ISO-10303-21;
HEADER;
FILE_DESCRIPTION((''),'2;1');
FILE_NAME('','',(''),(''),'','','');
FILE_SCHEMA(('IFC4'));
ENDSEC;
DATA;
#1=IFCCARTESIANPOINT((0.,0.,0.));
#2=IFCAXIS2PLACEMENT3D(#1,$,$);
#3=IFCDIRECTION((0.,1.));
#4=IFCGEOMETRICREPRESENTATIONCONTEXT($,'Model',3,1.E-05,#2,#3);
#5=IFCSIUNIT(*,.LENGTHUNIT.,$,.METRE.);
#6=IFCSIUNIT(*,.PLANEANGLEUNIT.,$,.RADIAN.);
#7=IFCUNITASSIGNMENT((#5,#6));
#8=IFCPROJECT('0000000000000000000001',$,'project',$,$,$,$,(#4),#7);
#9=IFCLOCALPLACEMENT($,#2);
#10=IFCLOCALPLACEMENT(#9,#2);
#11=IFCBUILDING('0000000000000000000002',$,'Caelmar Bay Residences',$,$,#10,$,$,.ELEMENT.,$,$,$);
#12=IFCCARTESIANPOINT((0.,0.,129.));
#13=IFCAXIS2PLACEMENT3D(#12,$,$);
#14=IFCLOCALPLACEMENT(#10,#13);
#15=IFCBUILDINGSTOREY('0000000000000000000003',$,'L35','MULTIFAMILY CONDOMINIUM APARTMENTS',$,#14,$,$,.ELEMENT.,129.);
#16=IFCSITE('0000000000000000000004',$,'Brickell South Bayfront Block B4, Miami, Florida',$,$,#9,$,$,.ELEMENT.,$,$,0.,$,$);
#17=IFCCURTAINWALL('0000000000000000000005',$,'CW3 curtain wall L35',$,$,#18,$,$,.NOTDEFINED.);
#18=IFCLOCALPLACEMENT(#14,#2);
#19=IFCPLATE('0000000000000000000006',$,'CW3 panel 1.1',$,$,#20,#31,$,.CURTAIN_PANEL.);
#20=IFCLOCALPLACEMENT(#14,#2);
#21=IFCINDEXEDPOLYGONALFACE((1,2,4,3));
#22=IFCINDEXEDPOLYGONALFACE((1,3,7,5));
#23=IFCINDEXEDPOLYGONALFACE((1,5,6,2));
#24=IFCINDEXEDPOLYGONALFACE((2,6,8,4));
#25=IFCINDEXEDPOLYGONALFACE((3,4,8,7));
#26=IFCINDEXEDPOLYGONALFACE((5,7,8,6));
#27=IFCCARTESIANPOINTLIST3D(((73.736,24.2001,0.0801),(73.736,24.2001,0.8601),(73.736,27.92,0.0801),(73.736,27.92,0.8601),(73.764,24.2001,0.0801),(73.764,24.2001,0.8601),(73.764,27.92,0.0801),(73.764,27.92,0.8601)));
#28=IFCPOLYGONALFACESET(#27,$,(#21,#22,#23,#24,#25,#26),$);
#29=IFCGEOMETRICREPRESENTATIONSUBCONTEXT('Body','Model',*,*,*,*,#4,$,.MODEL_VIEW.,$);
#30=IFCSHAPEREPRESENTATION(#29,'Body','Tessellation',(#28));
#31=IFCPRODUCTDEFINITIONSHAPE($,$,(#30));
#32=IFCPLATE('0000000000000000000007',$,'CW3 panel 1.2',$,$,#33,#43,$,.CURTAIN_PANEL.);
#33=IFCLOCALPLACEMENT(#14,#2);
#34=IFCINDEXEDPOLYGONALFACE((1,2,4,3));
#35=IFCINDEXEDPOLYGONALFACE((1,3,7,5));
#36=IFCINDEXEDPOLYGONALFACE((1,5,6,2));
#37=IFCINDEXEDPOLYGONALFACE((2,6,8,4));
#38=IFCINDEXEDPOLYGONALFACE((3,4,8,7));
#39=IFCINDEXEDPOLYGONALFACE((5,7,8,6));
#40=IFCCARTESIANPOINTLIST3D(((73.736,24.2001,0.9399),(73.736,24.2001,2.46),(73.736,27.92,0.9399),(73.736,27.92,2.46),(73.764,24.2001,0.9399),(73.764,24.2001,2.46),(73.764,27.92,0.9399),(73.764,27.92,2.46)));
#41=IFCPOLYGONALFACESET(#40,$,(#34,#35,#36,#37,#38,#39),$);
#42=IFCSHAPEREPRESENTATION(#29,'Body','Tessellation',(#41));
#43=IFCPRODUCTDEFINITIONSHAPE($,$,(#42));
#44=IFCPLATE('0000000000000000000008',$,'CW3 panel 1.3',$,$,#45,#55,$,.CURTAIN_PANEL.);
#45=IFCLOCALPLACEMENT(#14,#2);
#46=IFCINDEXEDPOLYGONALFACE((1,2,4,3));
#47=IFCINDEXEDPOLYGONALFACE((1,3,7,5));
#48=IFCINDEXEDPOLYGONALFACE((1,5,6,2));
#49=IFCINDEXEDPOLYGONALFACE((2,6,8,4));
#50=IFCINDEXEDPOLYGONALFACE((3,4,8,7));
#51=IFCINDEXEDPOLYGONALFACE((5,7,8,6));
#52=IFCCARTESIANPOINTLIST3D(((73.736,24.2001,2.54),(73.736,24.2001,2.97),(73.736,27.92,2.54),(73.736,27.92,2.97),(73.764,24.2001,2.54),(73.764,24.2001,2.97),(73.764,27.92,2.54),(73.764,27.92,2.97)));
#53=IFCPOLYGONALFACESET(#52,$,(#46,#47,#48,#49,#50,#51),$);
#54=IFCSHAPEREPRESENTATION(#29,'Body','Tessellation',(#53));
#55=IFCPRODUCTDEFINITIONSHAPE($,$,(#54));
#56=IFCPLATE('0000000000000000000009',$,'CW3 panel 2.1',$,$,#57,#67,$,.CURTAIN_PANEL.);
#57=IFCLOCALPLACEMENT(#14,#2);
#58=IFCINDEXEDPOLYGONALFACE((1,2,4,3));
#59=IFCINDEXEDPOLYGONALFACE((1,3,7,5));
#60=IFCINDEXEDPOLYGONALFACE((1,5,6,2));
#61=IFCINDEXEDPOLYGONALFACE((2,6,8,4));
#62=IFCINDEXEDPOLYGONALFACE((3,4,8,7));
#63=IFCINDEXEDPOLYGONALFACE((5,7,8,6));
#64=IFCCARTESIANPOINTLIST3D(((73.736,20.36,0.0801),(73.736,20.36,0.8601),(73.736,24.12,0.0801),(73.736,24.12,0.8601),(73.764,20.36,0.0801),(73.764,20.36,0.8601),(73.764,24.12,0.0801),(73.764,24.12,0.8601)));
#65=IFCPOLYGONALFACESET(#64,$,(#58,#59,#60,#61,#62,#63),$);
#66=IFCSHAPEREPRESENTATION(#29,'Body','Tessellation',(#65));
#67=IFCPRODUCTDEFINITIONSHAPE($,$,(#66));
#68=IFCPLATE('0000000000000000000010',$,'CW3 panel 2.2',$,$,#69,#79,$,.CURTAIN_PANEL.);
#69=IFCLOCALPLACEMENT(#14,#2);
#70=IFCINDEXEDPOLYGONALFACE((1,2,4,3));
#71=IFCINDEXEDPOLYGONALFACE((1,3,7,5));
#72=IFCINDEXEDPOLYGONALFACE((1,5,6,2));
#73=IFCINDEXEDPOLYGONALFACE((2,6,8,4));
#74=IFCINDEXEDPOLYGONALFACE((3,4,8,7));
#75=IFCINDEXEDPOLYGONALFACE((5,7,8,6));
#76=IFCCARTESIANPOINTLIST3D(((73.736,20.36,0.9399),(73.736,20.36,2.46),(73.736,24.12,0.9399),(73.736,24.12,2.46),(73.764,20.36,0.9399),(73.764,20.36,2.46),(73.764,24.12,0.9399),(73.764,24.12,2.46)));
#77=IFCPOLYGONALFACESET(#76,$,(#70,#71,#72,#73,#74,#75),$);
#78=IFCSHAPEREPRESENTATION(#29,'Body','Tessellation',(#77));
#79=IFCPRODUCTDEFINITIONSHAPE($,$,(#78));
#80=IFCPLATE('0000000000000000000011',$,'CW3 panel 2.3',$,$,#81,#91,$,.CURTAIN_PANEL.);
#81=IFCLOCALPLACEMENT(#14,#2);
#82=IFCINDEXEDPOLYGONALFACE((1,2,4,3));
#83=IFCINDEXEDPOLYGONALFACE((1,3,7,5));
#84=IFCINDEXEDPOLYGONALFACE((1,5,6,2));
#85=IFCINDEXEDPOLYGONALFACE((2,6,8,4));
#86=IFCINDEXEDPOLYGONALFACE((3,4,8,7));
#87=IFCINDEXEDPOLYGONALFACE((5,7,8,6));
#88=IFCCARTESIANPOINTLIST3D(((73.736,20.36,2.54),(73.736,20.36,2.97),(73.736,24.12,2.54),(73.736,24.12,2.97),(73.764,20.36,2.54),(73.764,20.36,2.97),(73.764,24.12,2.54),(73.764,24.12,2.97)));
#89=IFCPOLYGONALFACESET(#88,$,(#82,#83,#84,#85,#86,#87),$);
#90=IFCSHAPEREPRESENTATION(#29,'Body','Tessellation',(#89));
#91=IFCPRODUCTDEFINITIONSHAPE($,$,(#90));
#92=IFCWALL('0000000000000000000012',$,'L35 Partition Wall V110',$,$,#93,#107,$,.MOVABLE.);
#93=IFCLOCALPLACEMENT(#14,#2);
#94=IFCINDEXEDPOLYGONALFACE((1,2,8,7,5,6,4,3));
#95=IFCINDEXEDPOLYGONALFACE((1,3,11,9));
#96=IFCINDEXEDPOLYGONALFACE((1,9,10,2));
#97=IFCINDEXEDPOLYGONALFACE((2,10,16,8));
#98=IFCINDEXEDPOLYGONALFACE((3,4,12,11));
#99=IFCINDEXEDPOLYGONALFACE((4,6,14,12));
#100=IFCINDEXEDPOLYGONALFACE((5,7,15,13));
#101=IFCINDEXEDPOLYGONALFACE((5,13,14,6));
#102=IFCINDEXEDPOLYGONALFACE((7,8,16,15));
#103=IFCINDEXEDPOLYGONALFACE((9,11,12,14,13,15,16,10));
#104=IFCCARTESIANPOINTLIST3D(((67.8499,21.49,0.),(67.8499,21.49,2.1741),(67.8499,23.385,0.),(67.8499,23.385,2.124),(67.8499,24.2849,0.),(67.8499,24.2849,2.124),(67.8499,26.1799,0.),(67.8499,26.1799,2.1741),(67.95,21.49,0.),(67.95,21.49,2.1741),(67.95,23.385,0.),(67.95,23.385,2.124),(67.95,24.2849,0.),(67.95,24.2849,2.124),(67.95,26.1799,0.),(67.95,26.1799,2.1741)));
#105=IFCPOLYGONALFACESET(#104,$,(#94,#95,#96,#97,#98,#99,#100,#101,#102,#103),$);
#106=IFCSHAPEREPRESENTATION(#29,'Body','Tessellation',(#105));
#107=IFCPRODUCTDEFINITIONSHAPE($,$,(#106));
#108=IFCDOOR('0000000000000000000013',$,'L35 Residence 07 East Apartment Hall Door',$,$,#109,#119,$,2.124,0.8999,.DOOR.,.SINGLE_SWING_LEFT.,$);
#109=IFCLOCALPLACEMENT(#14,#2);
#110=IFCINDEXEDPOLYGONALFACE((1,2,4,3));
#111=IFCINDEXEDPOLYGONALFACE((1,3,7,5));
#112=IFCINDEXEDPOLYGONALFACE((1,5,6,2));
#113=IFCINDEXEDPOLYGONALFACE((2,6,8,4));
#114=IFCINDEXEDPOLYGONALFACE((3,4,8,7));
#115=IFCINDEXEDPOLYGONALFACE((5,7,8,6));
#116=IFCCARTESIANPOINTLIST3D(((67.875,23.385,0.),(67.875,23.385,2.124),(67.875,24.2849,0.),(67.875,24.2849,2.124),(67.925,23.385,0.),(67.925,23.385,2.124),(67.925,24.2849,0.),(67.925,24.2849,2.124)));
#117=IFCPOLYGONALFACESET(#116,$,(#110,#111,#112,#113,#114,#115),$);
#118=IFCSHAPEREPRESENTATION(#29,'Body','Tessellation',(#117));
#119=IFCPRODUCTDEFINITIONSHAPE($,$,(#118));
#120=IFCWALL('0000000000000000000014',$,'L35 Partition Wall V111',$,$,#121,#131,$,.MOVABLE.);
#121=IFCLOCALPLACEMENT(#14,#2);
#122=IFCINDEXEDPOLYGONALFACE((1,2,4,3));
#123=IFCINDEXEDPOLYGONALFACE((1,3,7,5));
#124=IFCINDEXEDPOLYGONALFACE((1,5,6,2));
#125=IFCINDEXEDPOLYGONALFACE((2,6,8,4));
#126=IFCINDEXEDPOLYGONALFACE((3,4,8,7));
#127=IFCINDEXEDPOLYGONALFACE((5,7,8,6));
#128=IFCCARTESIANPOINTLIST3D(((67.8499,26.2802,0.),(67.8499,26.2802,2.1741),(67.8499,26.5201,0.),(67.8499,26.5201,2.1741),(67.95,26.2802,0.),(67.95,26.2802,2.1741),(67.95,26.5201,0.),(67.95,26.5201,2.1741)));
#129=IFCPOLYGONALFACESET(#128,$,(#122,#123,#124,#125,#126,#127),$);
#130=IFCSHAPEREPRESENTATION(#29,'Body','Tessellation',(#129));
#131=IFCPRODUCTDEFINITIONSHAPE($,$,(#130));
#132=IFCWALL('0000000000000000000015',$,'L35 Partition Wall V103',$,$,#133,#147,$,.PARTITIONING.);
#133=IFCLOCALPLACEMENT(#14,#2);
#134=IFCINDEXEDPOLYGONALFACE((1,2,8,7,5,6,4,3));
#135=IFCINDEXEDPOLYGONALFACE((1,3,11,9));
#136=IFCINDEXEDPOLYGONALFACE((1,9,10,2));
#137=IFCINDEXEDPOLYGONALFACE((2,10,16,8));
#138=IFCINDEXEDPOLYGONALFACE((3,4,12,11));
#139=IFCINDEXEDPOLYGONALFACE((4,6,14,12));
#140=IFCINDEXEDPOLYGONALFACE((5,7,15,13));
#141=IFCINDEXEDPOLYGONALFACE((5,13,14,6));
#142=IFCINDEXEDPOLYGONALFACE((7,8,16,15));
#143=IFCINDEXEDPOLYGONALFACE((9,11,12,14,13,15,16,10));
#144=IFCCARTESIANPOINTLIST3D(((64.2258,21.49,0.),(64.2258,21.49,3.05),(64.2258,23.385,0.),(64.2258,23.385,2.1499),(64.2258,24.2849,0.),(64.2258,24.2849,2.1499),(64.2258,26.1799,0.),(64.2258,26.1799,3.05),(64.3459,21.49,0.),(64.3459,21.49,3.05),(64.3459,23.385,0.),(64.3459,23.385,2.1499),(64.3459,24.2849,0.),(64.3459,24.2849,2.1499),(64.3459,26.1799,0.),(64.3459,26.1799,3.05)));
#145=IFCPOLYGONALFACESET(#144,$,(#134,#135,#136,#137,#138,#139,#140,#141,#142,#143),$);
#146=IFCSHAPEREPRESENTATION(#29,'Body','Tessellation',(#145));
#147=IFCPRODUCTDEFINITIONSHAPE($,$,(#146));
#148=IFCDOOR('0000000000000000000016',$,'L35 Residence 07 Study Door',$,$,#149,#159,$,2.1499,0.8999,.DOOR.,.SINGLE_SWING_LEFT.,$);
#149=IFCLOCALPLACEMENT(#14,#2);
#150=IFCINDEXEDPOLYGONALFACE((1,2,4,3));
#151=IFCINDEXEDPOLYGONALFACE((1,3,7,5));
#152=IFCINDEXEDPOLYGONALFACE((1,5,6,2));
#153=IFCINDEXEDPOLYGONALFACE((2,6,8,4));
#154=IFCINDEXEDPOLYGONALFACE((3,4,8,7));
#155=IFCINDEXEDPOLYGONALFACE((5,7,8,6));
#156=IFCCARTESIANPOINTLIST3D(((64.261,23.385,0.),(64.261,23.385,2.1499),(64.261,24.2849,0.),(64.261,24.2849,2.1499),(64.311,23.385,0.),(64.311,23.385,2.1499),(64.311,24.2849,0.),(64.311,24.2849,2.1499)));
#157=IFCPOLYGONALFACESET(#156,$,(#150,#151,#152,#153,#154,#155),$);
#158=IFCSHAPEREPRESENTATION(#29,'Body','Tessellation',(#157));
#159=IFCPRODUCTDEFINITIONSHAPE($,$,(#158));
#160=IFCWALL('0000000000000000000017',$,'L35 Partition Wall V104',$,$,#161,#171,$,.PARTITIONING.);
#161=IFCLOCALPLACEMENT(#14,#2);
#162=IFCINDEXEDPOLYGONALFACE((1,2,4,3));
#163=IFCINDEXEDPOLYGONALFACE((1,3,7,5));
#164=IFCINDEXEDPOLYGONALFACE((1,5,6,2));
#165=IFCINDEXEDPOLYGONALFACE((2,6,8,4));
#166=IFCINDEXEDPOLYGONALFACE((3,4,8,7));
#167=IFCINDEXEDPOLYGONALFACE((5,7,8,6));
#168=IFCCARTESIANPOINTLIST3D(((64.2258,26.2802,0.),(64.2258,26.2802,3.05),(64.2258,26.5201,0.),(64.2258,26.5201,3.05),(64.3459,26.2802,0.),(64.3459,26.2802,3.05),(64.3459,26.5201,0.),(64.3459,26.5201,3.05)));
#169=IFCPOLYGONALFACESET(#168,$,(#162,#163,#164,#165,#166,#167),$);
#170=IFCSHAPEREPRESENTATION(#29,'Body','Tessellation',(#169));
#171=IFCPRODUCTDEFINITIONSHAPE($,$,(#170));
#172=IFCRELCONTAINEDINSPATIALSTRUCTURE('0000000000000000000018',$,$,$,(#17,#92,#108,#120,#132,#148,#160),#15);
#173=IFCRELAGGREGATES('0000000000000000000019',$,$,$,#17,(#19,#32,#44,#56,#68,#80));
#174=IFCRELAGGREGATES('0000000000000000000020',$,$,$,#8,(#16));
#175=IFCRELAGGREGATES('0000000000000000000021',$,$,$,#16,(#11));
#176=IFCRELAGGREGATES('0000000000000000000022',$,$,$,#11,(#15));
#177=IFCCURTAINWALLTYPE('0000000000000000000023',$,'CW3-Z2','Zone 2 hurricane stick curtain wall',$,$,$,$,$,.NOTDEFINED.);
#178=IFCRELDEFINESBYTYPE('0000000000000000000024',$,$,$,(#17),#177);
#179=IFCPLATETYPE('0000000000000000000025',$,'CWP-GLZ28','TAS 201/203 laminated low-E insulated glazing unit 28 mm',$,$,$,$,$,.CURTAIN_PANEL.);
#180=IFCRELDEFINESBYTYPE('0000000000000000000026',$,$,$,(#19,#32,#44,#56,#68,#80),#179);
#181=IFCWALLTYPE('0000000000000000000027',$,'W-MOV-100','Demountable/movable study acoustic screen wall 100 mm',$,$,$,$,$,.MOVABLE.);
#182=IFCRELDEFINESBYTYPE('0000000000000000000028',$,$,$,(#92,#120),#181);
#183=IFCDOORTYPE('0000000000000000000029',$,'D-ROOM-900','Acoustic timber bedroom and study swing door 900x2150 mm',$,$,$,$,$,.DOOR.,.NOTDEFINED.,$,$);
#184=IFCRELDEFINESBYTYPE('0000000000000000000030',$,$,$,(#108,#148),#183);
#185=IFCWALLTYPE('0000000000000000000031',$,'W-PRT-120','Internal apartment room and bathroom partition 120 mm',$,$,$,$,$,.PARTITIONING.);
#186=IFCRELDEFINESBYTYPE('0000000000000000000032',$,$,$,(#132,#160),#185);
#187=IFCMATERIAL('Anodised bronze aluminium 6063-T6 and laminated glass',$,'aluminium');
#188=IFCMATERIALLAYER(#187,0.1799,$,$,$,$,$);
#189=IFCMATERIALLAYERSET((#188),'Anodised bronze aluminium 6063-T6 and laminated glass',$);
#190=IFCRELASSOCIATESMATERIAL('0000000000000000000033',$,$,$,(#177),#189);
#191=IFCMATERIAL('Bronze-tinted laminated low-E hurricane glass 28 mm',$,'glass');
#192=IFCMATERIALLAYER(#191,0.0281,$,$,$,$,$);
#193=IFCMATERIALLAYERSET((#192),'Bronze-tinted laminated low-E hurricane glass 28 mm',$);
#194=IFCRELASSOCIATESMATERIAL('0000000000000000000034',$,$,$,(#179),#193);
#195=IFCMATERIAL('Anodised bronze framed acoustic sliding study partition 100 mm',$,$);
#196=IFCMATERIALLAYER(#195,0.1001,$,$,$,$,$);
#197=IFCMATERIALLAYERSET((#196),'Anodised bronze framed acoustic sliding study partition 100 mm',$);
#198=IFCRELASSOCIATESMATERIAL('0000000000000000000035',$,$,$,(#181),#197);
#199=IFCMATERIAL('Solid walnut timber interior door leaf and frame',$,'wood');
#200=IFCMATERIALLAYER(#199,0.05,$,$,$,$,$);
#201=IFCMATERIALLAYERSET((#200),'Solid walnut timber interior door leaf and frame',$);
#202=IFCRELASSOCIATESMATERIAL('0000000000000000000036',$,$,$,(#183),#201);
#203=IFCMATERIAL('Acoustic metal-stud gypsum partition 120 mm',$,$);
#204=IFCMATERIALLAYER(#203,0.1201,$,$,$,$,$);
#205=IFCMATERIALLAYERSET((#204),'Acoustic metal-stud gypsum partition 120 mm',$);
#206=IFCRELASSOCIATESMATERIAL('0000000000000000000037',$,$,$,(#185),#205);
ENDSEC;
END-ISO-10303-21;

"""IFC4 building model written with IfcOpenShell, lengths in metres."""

from ifc_helpers import new_model, si_unit, direction, frame, frame_2d, origin, origin_2d, place, context, subcontext, project, spatial, rectangle, extrude, material, layer, layer_set, type_object, element, fill, aggregate, save


model = new_model("IFC4")

# Units and contexts
model_context = context("Model", 3, precision=1e-05, world=origin(), true_north=direction((0.0, 1.0)))
body_context = subcontext(model_context, "Body", "Model", "MODEL_VIEW")
ifc_project = project(units=[si_unit("LENGTHUNIT", "METRE"), si_unit("PLANEANGLEUNIT", "RADIAN")], contexts=[model_context])

# Site, building, storey
site_placement = place(None, origin())
site = spatial("IfcSite", under=ifc_project, at=site_placement, Name="Brickell South Bayfront Block B4, Miami, Florida", CompositionType="ELEMENT", RefElevation=0.0)
building_placement = place(site_placement, origin())
building = spatial("IfcBuilding", under=site, at=building_placement, Name="Caelmar Bay Residences", CompositionType="ELEMENT")
storey_placement = place(building_placement, frame((0.0, 0.0, 129.0)))
storey = spatial("IfcBuildingStorey", under=building, at=storey_placement, Name="L35", Description="MULTIFAMILY CONDOMINIUM APARTMENTS", CompositionType="ELEMENT", Elevation=129.0)

# Curtain wall, plates
ifc_material_1 = material(Name="Anodised bronze aluminium 6063-T6 and laminated glass", Category="aluminium")
ifc_layer_1 = layer(ifc_material_1, 0.1799)
ifc_layer_set_1 = layer_set([ifc_layer_1], Name="Anodised bronze aluminium 6063-T6 and laminated glass")
curtain_wall_type = type_object("IfcCurtainWallType", Name="CW3-Z2", Description="Zone 2 hurricane stick curtain wall", PredefinedType="NOTDEFINED", material=ifc_layer_set_1)
curtain_wall_placement = place(storey_placement, origin())
curtain_wall = element("IfcCurtainWall", 1, at=curtain_wall_placement, inside=storey, type_object=curtain_wall_type, Name="CW3 curtain wall L35", PredefinedType="NOTDEFINED")
ifc_material_2 = material(Name="Bronze-tinted laminated low-E hurricane glass 28 mm", Category="glass")
ifc_layer_2 = layer(ifc_material_2, 0.0281)
ifc_layer_set_2 = layer_set([ifc_layer_2], Name="Bronze-tinted laminated low-E hurricane glass 28 mm")
plate_type = type_object("IfcPlateType", Name="CWP-GLZ28", Description="TAS 201/203 laminated low-E insulated glazing unit 28 mm", PredefinedType="CURTAIN_PANEL", material=ifc_layer_set_2)
plate_1_placement = place(storey_placement, frame((73.75, 26.0601, 0.0801), z_axis=(0.0, 0.0, 1.0), x_axis=(0.0, -1.0, 0.0)))
plate_1 = element("IfcPlate", 2, at=plate_1_placement, type_object=plate_type, Name="CW3 panel 1.1", PredefinedType="CURTAIN_PANEL", context=body_context, shape_type="SweptSolid", body=[
    extrude(rectangle(XDim=3.72, YDim=0.0281, at=origin_2d()), origin(), (0.0, 0.0, 1.0), 0.78),
])
plate_2_placement = place(storey_placement, frame((73.75, 26.0601, 0.9399), z_axis=(0.0, 0.0, 1.0), x_axis=(0.0, -1.0, 0.0)))
plate_2 = element("IfcPlate", 3, at=plate_2_placement, type_object=plate_type, Name="CW3 panel 1.2", PredefinedType="CURTAIN_PANEL", context=body_context, shape_type="SweptSolid", body=[
    extrude(rectangle(XDim=3.72, YDim=0.0281, at=origin_2d()), origin(), (0.0, 0.0, 1.0), 1.52),
])
plate_3_placement = place(storey_placement, frame((73.75, 26.0601, 2.54), z_axis=(0.0, 0.0, 1.0), x_axis=(0.0, -1.0, 0.0)))
plate_3 = element("IfcPlate", 4, at=plate_3_placement, type_object=plate_type, Name="CW3 panel 1.3", PredefinedType="CURTAIN_PANEL", context=body_context, shape_type="SweptSolid", body=[
    extrude(rectangle(XDim=3.72, YDim=0.0281, at=origin_2d()), origin(), (0.0, 0.0, 1.0), 0.4299),
])
plate_4_placement = place(storey_placement, frame((73.75, 22.24, 0.0801), z_axis=(0.0, 0.0, 1.0), x_axis=(0.0, -1.0, 0.0)))
plate_4 = element("IfcPlate", 5, at=plate_4_placement, type_object=plate_type, Name="CW3 panel 2.1", PredefinedType="CURTAIN_PANEL", context=body_context, shape_type="SweptSolid", body=[
    extrude(rectangle(XDim=3.76, YDim=0.0281, at=origin_2d()), origin(), (0.0, 0.0, 1.0), 0.78),
])
plate_5_placement = place(storey_placement, frame((73.75, 22.24, 0.9399), z_axis=(0.0, 0.0, 1.0), x_axis=(0.0, -1.0, 0.0)))
plate_5 = element("IfcPlate", 6, at=plate_5_placement, type_object=plate_type, Name="CW3 panel 2.2", PredefinedType="CURTAIN_PANEL", context=body_context, shape_type="SweptSolid", body=[
    extrude(rectangle(XDim=3.76, YDim=0.0281, at=origin_2d()), origin(), (0.0, 0.0, 1.0), 1.52),
])
plate_6_placement = place(storey_placement, frame((73.75, 22.24, 2.54), z_axis=(0.0, 0.0, 1.0), x_axis=(0.0, -1.0, 0.0)))
plate_6 = element("IfcPlate", 7, at=plate_6_placement, type_object=plate_type, Name="CW3 panel 2.3", PredefinedType="CURTAIN_PANEL", context=body_context, shape_type="SweptSolid", body=[
    extrude(rectangle(XDim=3.76, YDim=0.0281, at=origin_2d()), origin(), (0.0, 0.0, 1.0), 0.4299),
])
aggregate(curtain_wall, [plate_1, plate_2, plate_3, plate_4, plate_5, plate_6])

# Wall, opening, door
ifc_material_3 = material(Name="Anodised bronze framed acoustic sliding study partition 100 mm")
ifc_layer_3 = layer(ifc_material_3, 0.1001)
ifc_layer_set_3 = layer_set([ifc_layer_3], Name="Anodised bronze framed acoustic sliding study partition 100 mm")
wall_type_1 = type_object("IfcWallType", Name="W-MOV-100", Description="Demountable/movable study acoustic screen wall 100 mm", PredefinedType="MOVABLE", material=ifc_layer_set_3)
wall_1_placement = place(storey_placement, frame((67.8999, 21.49, 0.0), z_axis=(0.0, 0.0, 1.0), x_axis=(0.0, 1.0, 0.0)))
wall_1 = element("IfcWall", 8, at=wall_1_placement, inside=storey, type_object=wall_type_1, Name="L35 Partition Wall V110", PredefinedType="MOVABLE", context=body_context, shape_type="SweptSolid", body=[
    extrude(rectangle(XDim=4.6899, YDim=0.1001, at=frame_2d((2.345, 0.0))), origin(), (0.0, 0.0, 1.0), 2.1741),
])
opening_1_placement = place(wall_1_placement, frame((1.895, 0.0, 0.0)))
opening_1 = element("IfcOpeningElement", 9, at=opening_1_placement, cuts=wall_1, PredefinedType="OPENING", context=body_context, shape_type="SweptSolid", body=[
    extrude(rectangle(XDim=0.8999, YDim=2.124, at=frame_2d((0.45, 1.062))), frame((0.0, 0.0601, 0.0), z_axis=(0.0, -1.0, 0.0), x_axis=(1.0, 0.0, 0.0)), (0.0, 0.0, 1.0), 0.1201),
])
ifc_material_4 = material(Name="Solid walnut timber interior door leaf and frame", Category="wood")
ifc_layer_4 = layer(ifc_material_4, 0.05)
ifc_layer_set_4 = layer_set([ifc_layer_4], Name="Solid walnut timber interior door leaf and frame")
door_type_1 = type_object("IfcDoorType", Name="D-ROOM-900", Description="Acoustic timber bedroom and study swing door 900x2150 mm", OperationType="NOTDEFINED", PredefinedType="DOOR", material=ifc_layer_set_4)
door_1_placement = place(opening_1_placement, origin())
door_1 = element("IfcDoor", 10, at=door_1_placement, inside=storey, type_object=door_type_1, Name="L35 Residence 07 East Apartment Hall Door", OperationType="SINGLE_SWING_LEFT", OverallHeight=2.124, OverallWidth=0.8999, PredefinedType="DOOR", context=body_context, shape_type="SweptSolid", body=[
    extrude(rectangle(XDim=0.8999, YDim=2.124, at=frame_2d((0.45, 1.062))), frame((0.0, 0.0249, 0.0), z_axis=(0.0, -1.0, 0.0), x_axis=(1.0, 0.0, 0.0)), (0.0, 0.0, 1.0), 0.05),
])
fill(opening_1, door_1)

# Wall
wall_2_placement = place(storey_placement, frame((67.8999, 26.28, 0.0), z_axis=(0.0, 0.0, 1.0), x_axis=(0.0, 1.0, 0.0)))
element("IfcWall", 11, at=wall_2_placement, inside=storey, type_object=wall_type_1, Name="L35 Partition Wall V111", PredefinedType="MOVABLE", context=body_context, shape_type="SweptSolid", body=[
    extrude(rectangle(XDim=0.24, YDim=0.1001, at=frame_2d((0.1201, 0.0))), origin(), (0.0, 0.0, 1.0), 2.1741),
])

# Wall, opening, door
ifc_material_5 = material(Name="Acoustic metal-stud gypsum partition 120 mm")
ifc_layer_5 = layer(ifc_material_5, 0.1201)
ifc_layer_set_5 = layer_set([ifc_layer_5], Name="Acoustic metal-stud gypsum partition 120 mm")
wall_type_2 = type_object("IfcWallType", Name="W-PRT-120", Description="Internal apartment room and bathroom partition 120 mm", PredefinedType="PARTITIONING", material=ifc_layer_set_5)
wall_3_placement = place(storey_placement, frame((64.2859, 21.49, 0.0), z_axis=(0.0, 0.0, 1.0), x_axis=(0.0, 1.0, 0.0)))
wall_3 = element("IfcWall", 12, at=wall_3_placement, inside=storey, type_object=wall_type_2, Name="L35 Partition Wall V103", PredefinedType="PARTITIONING", context=body_context, shape_type="SweptSolid", body=[
    extrude(rectangle(XDim=4.6899, YDim=0.1201, at=frame_2d((2.345, 0.0))), origin(), (0.0, 0.0, 1.0), 3.05),
])
opening_2_placement = place(wall_3_placement, frame((1.895, 0.0, 0.0)))
opening_2 = element("IfcOpeningElement", 13, at=opening_2_placement, cuts=wall_3, PredefinedType="OPENING", context=body_context, shape_type="SweptSolid", body=[
    extrude(rectangle(XDim=0.8999, YDim=2.1499, at=frame_2d((0.45, 1.075))), frame((0.0, 0.0701, 0.0), z_axis=(0.0, -1.0, 0.0), x_axis=(1.0, 0.0, 0.0)), (0.0, 0.0, 1.0), 0.1401),
])
door_2_placement = place(opening_2_placement, origin())
door_2 = element("IfcDoor", 14, at=door_2_placement, inside=storey, type_object=door_type_1, Name="L35 Residence 07 Study Door", OperationType="SINGLE_SWING_LEFT", OverallHeight=2.1499, OverallWidth=0.8999, PredefinedType="DOOR", context=body_context, shape_type="SweptSolid", body=[
    extrude(rectangle(XDim=0.8999, YDim=2.1499, at=frame_2d((0.45, 1.075))), frame((0.0, 0.0249, 0.0), z_axis=(0.0, -1.0, 0.0), x_axis=(1.0, 0.0, 0.0)), (0.0, 0.0, 1.0), 0.05),
])
fill(opening_2, door_2)

# Wall
wall_4_placement = place(storey_placement, frame((64.2859, 26.28, 0.0), z_axis=(0.0, 0.0, 1.0), x_axis=(0.0, 1.0, 0.0)))
element("IfcWall", 15, at=wall_4_placement, inside=storey, type_object=wall_type_2, Name="L35 Partition Wall V104", PredefinedType="PARTITIONING", context=body_context, shape_type="SweptSolid", body=[
    extrude(rectangle(XDim=0.24, YDim=0.1201, at=frame_2d((0.1201, 0.0))), origin(), (0.0, 0.0, 1.0), 3.05),
])

save(model, "model.ifc")
